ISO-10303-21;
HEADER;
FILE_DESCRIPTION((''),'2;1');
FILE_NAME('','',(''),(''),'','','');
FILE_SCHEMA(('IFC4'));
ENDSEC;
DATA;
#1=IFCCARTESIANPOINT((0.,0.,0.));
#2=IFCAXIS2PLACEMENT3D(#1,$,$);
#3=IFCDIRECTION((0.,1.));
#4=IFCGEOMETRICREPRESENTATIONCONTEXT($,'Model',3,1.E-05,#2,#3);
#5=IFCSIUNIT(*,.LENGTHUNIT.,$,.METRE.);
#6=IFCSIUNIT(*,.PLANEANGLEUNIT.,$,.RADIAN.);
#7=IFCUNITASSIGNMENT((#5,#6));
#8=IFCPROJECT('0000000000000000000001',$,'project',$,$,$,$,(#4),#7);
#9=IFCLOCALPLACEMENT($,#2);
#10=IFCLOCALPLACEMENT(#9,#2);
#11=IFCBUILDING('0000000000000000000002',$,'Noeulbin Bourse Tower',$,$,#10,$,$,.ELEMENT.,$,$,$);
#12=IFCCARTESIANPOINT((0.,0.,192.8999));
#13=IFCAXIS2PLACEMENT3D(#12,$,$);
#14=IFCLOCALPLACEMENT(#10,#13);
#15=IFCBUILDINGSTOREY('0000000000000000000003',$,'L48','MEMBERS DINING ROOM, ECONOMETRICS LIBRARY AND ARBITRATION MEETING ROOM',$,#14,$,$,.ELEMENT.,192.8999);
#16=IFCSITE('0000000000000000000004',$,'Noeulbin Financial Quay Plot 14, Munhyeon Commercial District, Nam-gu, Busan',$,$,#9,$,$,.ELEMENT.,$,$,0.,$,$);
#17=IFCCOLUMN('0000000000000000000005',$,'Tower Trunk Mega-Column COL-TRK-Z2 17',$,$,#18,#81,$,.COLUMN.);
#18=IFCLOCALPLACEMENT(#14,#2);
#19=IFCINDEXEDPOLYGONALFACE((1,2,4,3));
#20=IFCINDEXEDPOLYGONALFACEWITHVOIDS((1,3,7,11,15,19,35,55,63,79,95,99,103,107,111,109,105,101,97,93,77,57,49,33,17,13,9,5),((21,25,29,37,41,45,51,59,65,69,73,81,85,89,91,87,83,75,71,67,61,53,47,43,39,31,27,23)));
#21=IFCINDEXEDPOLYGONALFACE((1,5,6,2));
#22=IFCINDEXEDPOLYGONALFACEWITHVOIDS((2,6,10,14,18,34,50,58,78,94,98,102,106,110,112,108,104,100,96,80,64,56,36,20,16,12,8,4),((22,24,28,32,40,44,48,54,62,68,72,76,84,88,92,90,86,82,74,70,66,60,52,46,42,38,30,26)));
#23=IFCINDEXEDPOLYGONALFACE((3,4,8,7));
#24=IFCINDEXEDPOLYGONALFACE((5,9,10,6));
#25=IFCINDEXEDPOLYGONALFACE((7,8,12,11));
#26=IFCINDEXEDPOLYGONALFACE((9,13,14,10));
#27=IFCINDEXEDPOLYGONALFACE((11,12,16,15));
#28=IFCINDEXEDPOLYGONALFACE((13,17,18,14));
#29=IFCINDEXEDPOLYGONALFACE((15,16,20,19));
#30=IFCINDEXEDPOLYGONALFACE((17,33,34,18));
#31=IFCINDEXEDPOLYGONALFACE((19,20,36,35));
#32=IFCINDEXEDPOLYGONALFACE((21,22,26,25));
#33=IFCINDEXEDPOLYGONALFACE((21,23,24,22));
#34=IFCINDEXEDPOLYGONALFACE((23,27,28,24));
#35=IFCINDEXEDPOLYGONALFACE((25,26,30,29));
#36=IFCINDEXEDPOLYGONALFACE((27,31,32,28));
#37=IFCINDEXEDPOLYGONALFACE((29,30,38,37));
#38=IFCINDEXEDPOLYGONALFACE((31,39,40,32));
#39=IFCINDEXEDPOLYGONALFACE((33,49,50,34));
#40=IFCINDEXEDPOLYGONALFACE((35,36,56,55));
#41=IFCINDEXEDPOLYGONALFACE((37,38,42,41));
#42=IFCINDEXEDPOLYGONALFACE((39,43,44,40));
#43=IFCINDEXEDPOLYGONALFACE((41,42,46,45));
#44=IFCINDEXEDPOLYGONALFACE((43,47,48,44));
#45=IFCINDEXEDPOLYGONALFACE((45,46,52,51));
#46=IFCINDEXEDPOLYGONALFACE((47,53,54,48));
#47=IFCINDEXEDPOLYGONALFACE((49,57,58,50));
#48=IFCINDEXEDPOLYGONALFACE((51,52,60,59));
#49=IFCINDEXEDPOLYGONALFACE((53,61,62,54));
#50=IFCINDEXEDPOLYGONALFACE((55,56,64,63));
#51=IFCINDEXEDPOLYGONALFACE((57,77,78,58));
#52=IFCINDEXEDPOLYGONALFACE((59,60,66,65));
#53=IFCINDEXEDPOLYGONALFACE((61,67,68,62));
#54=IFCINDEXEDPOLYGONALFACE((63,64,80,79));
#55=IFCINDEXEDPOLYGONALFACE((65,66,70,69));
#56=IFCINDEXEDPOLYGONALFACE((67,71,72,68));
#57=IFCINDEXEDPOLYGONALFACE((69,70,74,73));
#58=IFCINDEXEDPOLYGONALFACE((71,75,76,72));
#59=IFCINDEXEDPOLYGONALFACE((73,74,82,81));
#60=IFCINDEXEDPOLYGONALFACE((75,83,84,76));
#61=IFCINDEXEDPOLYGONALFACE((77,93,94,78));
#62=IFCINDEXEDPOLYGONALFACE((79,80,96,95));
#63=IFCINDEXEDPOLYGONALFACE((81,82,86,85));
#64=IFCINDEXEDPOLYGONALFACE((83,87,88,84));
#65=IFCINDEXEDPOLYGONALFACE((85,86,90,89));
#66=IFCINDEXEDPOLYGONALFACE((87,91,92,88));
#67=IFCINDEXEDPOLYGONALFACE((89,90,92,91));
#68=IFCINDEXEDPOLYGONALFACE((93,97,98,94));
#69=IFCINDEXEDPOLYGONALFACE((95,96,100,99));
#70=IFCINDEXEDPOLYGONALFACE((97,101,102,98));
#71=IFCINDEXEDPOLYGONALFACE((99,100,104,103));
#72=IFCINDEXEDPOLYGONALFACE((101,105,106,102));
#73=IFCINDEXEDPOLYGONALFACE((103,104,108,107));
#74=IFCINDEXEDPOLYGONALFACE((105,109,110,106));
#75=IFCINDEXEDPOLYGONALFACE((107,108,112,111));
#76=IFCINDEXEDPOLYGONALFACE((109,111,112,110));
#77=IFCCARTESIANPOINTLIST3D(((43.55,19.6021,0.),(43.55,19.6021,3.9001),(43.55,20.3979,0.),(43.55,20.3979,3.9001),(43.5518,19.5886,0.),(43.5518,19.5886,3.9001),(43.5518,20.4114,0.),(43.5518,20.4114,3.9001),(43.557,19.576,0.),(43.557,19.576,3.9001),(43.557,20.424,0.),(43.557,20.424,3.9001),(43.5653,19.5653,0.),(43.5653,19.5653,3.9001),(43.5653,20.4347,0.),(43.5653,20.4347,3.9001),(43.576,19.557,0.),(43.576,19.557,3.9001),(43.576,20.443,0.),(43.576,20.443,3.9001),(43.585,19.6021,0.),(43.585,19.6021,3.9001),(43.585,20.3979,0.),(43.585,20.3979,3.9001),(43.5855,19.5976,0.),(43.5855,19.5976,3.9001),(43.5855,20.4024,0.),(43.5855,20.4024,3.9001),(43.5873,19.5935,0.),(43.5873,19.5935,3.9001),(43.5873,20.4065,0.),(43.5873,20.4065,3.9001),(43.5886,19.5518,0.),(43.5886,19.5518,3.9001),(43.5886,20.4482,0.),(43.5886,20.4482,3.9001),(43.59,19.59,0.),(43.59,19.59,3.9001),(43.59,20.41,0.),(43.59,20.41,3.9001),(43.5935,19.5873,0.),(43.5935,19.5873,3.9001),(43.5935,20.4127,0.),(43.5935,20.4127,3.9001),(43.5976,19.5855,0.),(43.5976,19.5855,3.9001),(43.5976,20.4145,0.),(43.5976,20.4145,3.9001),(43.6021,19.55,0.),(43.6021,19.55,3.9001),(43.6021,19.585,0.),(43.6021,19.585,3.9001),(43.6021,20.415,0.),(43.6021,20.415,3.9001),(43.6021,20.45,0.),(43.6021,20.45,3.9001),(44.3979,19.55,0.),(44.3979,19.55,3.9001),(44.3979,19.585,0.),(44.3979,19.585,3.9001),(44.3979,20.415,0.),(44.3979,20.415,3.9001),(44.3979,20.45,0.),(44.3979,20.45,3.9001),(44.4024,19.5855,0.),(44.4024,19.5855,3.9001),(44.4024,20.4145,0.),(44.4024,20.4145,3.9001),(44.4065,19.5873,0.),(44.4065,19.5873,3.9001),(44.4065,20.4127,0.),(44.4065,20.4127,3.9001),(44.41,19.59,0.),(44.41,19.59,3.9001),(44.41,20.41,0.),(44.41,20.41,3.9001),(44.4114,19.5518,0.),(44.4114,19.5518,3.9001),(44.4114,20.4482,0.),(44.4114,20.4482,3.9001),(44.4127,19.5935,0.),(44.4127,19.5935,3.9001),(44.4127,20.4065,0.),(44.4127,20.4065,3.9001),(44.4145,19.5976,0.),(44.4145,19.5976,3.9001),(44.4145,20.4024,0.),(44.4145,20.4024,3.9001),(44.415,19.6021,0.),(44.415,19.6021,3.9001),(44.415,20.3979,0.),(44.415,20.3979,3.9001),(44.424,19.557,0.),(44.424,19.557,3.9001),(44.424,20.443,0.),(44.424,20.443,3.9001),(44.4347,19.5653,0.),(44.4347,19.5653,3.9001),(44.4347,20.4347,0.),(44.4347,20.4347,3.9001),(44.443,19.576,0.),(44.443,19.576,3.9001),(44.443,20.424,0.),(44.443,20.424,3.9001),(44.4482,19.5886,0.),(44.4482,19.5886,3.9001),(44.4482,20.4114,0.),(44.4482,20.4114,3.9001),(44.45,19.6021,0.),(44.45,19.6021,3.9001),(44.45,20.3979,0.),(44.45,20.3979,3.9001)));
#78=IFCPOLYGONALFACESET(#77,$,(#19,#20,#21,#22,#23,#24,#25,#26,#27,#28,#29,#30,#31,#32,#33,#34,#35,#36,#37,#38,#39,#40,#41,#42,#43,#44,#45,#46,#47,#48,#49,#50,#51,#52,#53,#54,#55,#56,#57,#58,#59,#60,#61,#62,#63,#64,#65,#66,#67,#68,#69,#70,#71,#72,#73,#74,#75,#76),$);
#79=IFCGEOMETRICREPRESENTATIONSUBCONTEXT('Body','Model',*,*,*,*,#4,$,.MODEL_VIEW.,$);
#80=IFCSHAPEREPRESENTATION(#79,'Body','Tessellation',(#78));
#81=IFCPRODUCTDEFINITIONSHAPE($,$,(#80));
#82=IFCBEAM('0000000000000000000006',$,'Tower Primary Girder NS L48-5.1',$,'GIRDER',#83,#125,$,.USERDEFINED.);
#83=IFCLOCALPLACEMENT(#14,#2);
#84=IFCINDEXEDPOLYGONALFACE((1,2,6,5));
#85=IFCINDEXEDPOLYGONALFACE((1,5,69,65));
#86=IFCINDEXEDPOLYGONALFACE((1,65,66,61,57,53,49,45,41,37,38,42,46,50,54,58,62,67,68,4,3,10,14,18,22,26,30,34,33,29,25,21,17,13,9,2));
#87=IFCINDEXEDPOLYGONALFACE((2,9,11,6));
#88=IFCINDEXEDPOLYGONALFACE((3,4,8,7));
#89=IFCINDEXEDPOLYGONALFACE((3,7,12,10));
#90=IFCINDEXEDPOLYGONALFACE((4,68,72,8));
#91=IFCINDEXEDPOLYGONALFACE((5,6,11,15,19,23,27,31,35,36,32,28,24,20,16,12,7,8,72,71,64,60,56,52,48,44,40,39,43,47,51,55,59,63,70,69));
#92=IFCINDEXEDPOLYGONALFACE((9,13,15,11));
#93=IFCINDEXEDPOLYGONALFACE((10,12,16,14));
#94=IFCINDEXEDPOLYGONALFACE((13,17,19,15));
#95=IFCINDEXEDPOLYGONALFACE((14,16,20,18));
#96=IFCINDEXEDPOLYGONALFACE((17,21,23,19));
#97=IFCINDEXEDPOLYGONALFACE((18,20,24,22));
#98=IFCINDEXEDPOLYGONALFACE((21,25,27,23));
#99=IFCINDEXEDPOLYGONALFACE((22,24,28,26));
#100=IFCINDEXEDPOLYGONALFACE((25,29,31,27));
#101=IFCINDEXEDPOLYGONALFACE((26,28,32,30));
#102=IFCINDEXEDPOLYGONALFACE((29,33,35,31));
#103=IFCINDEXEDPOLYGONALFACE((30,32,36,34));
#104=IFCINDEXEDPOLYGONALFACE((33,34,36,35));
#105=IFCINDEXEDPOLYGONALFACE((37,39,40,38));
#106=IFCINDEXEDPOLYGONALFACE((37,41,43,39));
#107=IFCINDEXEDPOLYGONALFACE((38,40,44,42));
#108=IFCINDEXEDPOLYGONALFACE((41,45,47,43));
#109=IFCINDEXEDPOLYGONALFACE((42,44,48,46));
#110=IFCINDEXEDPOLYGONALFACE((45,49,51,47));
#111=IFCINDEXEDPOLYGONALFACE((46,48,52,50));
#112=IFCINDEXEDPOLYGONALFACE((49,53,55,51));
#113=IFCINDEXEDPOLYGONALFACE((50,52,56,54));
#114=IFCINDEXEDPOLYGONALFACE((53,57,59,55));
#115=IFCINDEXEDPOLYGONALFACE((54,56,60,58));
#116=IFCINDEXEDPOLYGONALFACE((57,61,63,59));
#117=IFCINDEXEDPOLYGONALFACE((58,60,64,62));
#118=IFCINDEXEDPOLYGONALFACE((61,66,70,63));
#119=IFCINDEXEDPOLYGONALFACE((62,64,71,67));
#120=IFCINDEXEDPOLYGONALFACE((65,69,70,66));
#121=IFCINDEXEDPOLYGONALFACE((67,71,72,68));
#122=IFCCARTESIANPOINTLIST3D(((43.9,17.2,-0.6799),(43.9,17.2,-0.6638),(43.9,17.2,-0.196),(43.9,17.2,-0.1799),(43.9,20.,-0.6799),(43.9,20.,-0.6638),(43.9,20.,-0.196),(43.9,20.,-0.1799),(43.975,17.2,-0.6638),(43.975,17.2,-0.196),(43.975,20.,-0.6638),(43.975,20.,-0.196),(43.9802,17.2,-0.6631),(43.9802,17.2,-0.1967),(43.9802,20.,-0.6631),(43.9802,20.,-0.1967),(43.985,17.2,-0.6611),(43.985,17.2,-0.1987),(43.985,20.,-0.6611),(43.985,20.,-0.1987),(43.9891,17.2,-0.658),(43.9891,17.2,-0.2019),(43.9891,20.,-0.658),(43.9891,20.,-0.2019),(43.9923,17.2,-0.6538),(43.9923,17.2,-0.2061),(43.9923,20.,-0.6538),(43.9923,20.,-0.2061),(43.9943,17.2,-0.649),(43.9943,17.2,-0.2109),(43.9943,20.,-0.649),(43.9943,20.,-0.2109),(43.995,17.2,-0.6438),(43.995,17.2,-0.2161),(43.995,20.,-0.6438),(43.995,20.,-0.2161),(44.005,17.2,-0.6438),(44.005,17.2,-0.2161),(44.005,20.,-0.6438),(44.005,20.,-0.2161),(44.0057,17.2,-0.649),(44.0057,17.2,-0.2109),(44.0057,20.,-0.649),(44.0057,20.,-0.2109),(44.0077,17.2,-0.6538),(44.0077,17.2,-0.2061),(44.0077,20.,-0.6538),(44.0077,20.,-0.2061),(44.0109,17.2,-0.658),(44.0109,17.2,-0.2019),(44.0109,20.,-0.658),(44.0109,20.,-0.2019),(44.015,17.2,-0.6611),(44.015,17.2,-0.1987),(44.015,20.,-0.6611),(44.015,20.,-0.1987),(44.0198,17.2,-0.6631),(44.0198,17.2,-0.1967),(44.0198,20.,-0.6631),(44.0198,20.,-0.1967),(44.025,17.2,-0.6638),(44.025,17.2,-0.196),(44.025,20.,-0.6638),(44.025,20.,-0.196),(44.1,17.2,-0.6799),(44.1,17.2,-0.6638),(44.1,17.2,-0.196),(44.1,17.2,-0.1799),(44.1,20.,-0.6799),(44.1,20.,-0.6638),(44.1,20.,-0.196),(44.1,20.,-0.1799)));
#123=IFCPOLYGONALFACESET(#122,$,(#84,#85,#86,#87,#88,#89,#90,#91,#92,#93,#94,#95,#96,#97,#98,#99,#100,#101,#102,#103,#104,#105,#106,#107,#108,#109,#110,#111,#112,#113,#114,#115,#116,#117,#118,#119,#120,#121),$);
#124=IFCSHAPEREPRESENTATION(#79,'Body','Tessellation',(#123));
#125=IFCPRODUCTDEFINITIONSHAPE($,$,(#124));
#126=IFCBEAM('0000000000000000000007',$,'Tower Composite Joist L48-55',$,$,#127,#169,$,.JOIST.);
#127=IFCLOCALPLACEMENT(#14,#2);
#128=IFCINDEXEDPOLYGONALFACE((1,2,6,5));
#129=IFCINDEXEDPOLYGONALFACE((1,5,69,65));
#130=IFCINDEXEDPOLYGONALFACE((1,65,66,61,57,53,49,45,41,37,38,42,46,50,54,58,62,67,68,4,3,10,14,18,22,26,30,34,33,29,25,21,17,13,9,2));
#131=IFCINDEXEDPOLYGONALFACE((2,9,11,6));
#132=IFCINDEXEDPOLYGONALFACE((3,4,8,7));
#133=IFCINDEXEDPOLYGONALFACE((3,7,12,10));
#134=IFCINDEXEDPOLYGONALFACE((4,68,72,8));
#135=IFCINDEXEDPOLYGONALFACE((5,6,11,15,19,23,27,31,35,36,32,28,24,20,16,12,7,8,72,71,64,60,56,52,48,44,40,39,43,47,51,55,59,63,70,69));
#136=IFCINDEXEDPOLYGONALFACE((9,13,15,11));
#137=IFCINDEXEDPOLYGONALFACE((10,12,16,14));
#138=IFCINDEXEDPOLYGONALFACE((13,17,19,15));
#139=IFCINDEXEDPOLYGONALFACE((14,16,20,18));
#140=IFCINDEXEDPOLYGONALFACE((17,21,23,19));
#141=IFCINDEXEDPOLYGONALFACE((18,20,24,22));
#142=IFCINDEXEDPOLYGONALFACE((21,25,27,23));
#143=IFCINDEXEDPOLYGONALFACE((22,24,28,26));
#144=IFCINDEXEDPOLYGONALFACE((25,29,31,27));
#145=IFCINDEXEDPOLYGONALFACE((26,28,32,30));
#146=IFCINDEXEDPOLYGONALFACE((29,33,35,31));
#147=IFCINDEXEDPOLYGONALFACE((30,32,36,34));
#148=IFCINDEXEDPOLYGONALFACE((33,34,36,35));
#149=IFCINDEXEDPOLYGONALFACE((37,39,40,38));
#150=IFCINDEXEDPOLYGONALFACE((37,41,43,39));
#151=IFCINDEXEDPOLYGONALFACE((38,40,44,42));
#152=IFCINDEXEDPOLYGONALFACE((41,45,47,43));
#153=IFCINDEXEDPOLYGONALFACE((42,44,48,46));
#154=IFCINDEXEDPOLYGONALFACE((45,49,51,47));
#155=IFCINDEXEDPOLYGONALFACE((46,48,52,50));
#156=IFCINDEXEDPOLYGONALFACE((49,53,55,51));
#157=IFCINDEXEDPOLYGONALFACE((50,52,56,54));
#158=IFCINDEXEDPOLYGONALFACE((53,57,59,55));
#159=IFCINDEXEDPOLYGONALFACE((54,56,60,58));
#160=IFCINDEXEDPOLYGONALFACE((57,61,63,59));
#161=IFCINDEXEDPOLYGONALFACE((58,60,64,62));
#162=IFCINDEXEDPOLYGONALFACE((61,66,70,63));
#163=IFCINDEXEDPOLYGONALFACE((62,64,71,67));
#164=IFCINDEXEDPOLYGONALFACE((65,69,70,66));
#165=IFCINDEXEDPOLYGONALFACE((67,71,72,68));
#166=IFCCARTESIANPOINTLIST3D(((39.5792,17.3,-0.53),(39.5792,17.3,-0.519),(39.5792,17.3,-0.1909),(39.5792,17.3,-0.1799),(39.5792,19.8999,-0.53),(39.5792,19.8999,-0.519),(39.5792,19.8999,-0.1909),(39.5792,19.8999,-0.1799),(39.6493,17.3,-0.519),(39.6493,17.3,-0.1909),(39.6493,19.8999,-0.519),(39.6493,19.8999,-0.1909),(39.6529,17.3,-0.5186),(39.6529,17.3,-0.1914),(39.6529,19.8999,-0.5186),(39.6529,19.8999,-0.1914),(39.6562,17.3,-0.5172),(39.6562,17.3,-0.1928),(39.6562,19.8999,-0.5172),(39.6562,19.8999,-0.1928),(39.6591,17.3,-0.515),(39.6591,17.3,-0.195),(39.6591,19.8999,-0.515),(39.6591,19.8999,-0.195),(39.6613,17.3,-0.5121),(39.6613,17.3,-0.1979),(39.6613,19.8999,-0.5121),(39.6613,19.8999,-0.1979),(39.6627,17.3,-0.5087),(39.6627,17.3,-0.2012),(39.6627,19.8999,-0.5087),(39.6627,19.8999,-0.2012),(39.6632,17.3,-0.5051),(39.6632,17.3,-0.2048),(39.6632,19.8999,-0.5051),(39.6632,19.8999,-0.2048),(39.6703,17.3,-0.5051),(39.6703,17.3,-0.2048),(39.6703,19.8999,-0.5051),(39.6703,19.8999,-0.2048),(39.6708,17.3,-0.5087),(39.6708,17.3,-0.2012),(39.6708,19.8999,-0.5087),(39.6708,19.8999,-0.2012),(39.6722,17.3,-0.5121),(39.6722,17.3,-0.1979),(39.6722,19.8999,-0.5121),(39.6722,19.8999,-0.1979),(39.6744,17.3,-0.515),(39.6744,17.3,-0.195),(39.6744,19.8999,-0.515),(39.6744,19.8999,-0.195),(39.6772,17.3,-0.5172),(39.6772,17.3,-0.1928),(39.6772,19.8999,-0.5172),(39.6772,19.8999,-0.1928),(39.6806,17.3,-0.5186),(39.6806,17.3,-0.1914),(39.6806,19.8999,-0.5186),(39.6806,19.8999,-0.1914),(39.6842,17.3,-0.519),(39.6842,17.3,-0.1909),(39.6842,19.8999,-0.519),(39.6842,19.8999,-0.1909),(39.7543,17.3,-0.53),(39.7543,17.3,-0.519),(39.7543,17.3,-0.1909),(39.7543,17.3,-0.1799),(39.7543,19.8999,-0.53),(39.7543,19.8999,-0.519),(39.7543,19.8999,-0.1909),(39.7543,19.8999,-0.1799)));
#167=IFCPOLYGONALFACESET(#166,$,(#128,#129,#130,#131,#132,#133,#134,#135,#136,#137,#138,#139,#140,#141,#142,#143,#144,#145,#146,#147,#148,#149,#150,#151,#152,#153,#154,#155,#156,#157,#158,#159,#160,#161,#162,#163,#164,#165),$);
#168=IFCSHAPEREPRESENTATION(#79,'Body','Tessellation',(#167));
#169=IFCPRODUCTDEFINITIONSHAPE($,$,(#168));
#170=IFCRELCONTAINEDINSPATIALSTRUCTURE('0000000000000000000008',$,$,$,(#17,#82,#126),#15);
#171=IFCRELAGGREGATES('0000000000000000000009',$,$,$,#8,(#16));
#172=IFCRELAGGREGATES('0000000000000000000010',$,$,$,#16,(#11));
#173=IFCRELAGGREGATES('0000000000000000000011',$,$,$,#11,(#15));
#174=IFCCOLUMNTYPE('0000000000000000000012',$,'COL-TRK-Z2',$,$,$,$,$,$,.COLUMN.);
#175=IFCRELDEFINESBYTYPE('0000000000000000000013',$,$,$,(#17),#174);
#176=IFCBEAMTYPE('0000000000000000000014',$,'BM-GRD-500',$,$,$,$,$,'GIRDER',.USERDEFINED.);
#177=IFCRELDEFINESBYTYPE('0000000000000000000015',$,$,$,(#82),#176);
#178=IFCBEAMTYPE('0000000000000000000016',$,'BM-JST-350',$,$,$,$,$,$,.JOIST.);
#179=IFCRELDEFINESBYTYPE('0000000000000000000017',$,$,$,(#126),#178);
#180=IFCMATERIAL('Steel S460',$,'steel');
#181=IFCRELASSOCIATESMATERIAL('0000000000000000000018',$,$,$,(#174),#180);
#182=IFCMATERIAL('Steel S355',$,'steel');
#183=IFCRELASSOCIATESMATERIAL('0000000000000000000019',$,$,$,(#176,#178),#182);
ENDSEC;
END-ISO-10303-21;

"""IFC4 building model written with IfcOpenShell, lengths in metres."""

from ifc_helpers import new_model, si_unit, direction, frame, origin, origin_2d, place, context, subcontext, project, spatial, hollow_rectangle, i_section, extrude, material, material_profile, profile_set, type_object, element, save


model = new_model("IFC4")

# Units and contexts
model_context = context("Model", 3, precision=1e-05, world=origin(), true_north=direction((0.0, 1.0)))
body_context = subcontext(model_context, "Body", "Model", "MODEL_VIEW")
ifc_project = project(units=[si_unit("LENGTHUNIT", "METRE"), si_unit("PLANEANGLEUNIT", "RADIAN")], contexts=[model_context])

# Site, building, storey
site_placement = place(None, origin())
site = spatial("IfcSite", under=ifc_project, at=site_placement, Name="Noeulbin Financial Quay Plot 14, Munhyeon Commercial District, Nam-gu, Busan", CompositionType="ELEMENT", RefElevation=0.0)
building_placement = place(site_placement, origin())
building = spatial("IfcBuilding", under=site, at=building_placement, Name="Noeulbin Bourse Tower", CompositionType="ELEMENT")
storey_placement = place(building_placement, frame((0.0, 0.0, 192.8999)))
storey = spatial("IfcBuildingStorey", under=building, at=storey_placement, Name="L48", Description="MEMBERS DINING ROOM, ECONOMETRICS LIBRARY AND ARBITRATION MEETING ROOM", CompositionType="ELEMENT", Elevation=192.8999)

# Column
ifc_material_1 = material(Name="Steel S355", Category="steel")
ifc_material_2 = material(Name="Steel S460", Category="steel")
ifc_material_profile_1 = material_profile(ifc_material_2, hollow_rectangle(XDim=0.8999, YDim=0.8999, WallThickness=0.0349, InnerFilletRadius=0.0171, OuterFilletRadius=0.052, at=origin_2d()), Name="BOX-900x900x35", Category="LoadBearing")
ifc_profile_set_1 = profile_set([ifc_material_profile_1], Name="Steel S460")
column_type_1 = type_object("IfcColumnType", Name="COL-TRK-Z2", PredefinedType="COLUMN", material=ifc_profile_set_1)
column_1_placement = place(storey_placement, frame((44.0, 20.0, 0.0), z_axis=(0.0, 0.0, 1.0), x_axis=(1.0, 0.0, 0.0)))
element("IfcColumn", 1, at=column_1_placement, inside=storey, type_object=column_type_1, Name="Tower Trunk Mega-Column COL-TRK-Z2 17", PredefinedType="COLUMN", context=body_context, shape_type="SweptSolid", body=[
    extrude(hollow_rectangle(XDim=0.8999, YDim=0.8999, WallThickness=0.0349, InnerFilletRadius=0.0171, OuterFilletRadius=0.052, at=origin_2d()), origin(), (0.0, 0.0, 1.0), 3.9001),
])

# Beams
ifc_material_profile_2 = material_profile(ifc_material_1, i_section(OverallWidth=0.2, OverallDepth=0.5, WebThickness=0.01, FlangeThickness=0.0161, FilletRadius=0.02, at=origin_2d()), Name="H-500x200x10x16", Category="LoadBearing")
ifc_profile_set_2 = profile_set([ifc_material_profile_2], Name="Steel S355")
beam_type_1 = type_object("IfcBeamType", Name="BM-GRD-500", ElementType="GIRDER", PredefinedType="USERDEFINED", material=ifc_profile_set_2)
beam_1_placement = place(storey_placement, frame((44.0, 17.2, -0.4299), z_axis=(0.0, 1.0, 0.0), x_axis=(-1.0, 0.0, 0.0)))
element("IfcBeam", 2, at=beam_1_placement, inside=storey, type_object=beam_type_1, Name="Tower Primary Girder NS L48-5.1", ObjectType="GIRDER", PredefinedType="USERDEFINED", context=body_context, shape_type="SweptSolid", body=[
    extrude(i_section(OverallWidth=0.2, OverallDepth=0.5, WebThickness=0.01, FlangeThickness=0.0161, FilletRadius=0.02, at=origin_2d()), origin(), (0.0, 0.0, 1.0), 2.8),
])
ifc_material_profile_3 = material_profile(ifc_material_1, i_section(OverallWidth=0.175, OverallDepth=0.3501, WebThickness=0.0071, FlangeThickness=0.011, FilletRadius=0.0139, at=origin_2d()), Name="H-350x175x7x11", Category="LoadBearing")
ifc_profile_set_3 = profile_set([ifc_material_profile_3], Name="Steel S355")
beam_type_2 = type_object("IfcBeamType", Name="BM-JST-350", PredefinedType="JOIST", material=ifc_profile_set_3)
for number, where, z_axis, x_axis, name in (
    (3, (39.6667, 17.3, -0.355), (0.0, 1.0, 0.0), (-1.0, 0.0, 0.0), "Tower Composite Joist L48-55"),
):
    element("IfcBeam", number, at=place(storey_placement, frame(where, z_axis=z_axis, x_axis=x_axis)), inside=storey, type_object=beam_type_2, Name=name, PredefinedType="JOIST", context=body_context, shape_type="SweptSolid", body=[
        extrude(i_section(OverallWidth=0.175, OverallDepth=0.3501, WebThickness=0.0071, FlangeThickness=0.011, FilletRadius=0.0139, at=origin_2d()), origin(), (0.0, 0.0, 1.0), 2.5999),
    ])

save(model, "model.ifc")
